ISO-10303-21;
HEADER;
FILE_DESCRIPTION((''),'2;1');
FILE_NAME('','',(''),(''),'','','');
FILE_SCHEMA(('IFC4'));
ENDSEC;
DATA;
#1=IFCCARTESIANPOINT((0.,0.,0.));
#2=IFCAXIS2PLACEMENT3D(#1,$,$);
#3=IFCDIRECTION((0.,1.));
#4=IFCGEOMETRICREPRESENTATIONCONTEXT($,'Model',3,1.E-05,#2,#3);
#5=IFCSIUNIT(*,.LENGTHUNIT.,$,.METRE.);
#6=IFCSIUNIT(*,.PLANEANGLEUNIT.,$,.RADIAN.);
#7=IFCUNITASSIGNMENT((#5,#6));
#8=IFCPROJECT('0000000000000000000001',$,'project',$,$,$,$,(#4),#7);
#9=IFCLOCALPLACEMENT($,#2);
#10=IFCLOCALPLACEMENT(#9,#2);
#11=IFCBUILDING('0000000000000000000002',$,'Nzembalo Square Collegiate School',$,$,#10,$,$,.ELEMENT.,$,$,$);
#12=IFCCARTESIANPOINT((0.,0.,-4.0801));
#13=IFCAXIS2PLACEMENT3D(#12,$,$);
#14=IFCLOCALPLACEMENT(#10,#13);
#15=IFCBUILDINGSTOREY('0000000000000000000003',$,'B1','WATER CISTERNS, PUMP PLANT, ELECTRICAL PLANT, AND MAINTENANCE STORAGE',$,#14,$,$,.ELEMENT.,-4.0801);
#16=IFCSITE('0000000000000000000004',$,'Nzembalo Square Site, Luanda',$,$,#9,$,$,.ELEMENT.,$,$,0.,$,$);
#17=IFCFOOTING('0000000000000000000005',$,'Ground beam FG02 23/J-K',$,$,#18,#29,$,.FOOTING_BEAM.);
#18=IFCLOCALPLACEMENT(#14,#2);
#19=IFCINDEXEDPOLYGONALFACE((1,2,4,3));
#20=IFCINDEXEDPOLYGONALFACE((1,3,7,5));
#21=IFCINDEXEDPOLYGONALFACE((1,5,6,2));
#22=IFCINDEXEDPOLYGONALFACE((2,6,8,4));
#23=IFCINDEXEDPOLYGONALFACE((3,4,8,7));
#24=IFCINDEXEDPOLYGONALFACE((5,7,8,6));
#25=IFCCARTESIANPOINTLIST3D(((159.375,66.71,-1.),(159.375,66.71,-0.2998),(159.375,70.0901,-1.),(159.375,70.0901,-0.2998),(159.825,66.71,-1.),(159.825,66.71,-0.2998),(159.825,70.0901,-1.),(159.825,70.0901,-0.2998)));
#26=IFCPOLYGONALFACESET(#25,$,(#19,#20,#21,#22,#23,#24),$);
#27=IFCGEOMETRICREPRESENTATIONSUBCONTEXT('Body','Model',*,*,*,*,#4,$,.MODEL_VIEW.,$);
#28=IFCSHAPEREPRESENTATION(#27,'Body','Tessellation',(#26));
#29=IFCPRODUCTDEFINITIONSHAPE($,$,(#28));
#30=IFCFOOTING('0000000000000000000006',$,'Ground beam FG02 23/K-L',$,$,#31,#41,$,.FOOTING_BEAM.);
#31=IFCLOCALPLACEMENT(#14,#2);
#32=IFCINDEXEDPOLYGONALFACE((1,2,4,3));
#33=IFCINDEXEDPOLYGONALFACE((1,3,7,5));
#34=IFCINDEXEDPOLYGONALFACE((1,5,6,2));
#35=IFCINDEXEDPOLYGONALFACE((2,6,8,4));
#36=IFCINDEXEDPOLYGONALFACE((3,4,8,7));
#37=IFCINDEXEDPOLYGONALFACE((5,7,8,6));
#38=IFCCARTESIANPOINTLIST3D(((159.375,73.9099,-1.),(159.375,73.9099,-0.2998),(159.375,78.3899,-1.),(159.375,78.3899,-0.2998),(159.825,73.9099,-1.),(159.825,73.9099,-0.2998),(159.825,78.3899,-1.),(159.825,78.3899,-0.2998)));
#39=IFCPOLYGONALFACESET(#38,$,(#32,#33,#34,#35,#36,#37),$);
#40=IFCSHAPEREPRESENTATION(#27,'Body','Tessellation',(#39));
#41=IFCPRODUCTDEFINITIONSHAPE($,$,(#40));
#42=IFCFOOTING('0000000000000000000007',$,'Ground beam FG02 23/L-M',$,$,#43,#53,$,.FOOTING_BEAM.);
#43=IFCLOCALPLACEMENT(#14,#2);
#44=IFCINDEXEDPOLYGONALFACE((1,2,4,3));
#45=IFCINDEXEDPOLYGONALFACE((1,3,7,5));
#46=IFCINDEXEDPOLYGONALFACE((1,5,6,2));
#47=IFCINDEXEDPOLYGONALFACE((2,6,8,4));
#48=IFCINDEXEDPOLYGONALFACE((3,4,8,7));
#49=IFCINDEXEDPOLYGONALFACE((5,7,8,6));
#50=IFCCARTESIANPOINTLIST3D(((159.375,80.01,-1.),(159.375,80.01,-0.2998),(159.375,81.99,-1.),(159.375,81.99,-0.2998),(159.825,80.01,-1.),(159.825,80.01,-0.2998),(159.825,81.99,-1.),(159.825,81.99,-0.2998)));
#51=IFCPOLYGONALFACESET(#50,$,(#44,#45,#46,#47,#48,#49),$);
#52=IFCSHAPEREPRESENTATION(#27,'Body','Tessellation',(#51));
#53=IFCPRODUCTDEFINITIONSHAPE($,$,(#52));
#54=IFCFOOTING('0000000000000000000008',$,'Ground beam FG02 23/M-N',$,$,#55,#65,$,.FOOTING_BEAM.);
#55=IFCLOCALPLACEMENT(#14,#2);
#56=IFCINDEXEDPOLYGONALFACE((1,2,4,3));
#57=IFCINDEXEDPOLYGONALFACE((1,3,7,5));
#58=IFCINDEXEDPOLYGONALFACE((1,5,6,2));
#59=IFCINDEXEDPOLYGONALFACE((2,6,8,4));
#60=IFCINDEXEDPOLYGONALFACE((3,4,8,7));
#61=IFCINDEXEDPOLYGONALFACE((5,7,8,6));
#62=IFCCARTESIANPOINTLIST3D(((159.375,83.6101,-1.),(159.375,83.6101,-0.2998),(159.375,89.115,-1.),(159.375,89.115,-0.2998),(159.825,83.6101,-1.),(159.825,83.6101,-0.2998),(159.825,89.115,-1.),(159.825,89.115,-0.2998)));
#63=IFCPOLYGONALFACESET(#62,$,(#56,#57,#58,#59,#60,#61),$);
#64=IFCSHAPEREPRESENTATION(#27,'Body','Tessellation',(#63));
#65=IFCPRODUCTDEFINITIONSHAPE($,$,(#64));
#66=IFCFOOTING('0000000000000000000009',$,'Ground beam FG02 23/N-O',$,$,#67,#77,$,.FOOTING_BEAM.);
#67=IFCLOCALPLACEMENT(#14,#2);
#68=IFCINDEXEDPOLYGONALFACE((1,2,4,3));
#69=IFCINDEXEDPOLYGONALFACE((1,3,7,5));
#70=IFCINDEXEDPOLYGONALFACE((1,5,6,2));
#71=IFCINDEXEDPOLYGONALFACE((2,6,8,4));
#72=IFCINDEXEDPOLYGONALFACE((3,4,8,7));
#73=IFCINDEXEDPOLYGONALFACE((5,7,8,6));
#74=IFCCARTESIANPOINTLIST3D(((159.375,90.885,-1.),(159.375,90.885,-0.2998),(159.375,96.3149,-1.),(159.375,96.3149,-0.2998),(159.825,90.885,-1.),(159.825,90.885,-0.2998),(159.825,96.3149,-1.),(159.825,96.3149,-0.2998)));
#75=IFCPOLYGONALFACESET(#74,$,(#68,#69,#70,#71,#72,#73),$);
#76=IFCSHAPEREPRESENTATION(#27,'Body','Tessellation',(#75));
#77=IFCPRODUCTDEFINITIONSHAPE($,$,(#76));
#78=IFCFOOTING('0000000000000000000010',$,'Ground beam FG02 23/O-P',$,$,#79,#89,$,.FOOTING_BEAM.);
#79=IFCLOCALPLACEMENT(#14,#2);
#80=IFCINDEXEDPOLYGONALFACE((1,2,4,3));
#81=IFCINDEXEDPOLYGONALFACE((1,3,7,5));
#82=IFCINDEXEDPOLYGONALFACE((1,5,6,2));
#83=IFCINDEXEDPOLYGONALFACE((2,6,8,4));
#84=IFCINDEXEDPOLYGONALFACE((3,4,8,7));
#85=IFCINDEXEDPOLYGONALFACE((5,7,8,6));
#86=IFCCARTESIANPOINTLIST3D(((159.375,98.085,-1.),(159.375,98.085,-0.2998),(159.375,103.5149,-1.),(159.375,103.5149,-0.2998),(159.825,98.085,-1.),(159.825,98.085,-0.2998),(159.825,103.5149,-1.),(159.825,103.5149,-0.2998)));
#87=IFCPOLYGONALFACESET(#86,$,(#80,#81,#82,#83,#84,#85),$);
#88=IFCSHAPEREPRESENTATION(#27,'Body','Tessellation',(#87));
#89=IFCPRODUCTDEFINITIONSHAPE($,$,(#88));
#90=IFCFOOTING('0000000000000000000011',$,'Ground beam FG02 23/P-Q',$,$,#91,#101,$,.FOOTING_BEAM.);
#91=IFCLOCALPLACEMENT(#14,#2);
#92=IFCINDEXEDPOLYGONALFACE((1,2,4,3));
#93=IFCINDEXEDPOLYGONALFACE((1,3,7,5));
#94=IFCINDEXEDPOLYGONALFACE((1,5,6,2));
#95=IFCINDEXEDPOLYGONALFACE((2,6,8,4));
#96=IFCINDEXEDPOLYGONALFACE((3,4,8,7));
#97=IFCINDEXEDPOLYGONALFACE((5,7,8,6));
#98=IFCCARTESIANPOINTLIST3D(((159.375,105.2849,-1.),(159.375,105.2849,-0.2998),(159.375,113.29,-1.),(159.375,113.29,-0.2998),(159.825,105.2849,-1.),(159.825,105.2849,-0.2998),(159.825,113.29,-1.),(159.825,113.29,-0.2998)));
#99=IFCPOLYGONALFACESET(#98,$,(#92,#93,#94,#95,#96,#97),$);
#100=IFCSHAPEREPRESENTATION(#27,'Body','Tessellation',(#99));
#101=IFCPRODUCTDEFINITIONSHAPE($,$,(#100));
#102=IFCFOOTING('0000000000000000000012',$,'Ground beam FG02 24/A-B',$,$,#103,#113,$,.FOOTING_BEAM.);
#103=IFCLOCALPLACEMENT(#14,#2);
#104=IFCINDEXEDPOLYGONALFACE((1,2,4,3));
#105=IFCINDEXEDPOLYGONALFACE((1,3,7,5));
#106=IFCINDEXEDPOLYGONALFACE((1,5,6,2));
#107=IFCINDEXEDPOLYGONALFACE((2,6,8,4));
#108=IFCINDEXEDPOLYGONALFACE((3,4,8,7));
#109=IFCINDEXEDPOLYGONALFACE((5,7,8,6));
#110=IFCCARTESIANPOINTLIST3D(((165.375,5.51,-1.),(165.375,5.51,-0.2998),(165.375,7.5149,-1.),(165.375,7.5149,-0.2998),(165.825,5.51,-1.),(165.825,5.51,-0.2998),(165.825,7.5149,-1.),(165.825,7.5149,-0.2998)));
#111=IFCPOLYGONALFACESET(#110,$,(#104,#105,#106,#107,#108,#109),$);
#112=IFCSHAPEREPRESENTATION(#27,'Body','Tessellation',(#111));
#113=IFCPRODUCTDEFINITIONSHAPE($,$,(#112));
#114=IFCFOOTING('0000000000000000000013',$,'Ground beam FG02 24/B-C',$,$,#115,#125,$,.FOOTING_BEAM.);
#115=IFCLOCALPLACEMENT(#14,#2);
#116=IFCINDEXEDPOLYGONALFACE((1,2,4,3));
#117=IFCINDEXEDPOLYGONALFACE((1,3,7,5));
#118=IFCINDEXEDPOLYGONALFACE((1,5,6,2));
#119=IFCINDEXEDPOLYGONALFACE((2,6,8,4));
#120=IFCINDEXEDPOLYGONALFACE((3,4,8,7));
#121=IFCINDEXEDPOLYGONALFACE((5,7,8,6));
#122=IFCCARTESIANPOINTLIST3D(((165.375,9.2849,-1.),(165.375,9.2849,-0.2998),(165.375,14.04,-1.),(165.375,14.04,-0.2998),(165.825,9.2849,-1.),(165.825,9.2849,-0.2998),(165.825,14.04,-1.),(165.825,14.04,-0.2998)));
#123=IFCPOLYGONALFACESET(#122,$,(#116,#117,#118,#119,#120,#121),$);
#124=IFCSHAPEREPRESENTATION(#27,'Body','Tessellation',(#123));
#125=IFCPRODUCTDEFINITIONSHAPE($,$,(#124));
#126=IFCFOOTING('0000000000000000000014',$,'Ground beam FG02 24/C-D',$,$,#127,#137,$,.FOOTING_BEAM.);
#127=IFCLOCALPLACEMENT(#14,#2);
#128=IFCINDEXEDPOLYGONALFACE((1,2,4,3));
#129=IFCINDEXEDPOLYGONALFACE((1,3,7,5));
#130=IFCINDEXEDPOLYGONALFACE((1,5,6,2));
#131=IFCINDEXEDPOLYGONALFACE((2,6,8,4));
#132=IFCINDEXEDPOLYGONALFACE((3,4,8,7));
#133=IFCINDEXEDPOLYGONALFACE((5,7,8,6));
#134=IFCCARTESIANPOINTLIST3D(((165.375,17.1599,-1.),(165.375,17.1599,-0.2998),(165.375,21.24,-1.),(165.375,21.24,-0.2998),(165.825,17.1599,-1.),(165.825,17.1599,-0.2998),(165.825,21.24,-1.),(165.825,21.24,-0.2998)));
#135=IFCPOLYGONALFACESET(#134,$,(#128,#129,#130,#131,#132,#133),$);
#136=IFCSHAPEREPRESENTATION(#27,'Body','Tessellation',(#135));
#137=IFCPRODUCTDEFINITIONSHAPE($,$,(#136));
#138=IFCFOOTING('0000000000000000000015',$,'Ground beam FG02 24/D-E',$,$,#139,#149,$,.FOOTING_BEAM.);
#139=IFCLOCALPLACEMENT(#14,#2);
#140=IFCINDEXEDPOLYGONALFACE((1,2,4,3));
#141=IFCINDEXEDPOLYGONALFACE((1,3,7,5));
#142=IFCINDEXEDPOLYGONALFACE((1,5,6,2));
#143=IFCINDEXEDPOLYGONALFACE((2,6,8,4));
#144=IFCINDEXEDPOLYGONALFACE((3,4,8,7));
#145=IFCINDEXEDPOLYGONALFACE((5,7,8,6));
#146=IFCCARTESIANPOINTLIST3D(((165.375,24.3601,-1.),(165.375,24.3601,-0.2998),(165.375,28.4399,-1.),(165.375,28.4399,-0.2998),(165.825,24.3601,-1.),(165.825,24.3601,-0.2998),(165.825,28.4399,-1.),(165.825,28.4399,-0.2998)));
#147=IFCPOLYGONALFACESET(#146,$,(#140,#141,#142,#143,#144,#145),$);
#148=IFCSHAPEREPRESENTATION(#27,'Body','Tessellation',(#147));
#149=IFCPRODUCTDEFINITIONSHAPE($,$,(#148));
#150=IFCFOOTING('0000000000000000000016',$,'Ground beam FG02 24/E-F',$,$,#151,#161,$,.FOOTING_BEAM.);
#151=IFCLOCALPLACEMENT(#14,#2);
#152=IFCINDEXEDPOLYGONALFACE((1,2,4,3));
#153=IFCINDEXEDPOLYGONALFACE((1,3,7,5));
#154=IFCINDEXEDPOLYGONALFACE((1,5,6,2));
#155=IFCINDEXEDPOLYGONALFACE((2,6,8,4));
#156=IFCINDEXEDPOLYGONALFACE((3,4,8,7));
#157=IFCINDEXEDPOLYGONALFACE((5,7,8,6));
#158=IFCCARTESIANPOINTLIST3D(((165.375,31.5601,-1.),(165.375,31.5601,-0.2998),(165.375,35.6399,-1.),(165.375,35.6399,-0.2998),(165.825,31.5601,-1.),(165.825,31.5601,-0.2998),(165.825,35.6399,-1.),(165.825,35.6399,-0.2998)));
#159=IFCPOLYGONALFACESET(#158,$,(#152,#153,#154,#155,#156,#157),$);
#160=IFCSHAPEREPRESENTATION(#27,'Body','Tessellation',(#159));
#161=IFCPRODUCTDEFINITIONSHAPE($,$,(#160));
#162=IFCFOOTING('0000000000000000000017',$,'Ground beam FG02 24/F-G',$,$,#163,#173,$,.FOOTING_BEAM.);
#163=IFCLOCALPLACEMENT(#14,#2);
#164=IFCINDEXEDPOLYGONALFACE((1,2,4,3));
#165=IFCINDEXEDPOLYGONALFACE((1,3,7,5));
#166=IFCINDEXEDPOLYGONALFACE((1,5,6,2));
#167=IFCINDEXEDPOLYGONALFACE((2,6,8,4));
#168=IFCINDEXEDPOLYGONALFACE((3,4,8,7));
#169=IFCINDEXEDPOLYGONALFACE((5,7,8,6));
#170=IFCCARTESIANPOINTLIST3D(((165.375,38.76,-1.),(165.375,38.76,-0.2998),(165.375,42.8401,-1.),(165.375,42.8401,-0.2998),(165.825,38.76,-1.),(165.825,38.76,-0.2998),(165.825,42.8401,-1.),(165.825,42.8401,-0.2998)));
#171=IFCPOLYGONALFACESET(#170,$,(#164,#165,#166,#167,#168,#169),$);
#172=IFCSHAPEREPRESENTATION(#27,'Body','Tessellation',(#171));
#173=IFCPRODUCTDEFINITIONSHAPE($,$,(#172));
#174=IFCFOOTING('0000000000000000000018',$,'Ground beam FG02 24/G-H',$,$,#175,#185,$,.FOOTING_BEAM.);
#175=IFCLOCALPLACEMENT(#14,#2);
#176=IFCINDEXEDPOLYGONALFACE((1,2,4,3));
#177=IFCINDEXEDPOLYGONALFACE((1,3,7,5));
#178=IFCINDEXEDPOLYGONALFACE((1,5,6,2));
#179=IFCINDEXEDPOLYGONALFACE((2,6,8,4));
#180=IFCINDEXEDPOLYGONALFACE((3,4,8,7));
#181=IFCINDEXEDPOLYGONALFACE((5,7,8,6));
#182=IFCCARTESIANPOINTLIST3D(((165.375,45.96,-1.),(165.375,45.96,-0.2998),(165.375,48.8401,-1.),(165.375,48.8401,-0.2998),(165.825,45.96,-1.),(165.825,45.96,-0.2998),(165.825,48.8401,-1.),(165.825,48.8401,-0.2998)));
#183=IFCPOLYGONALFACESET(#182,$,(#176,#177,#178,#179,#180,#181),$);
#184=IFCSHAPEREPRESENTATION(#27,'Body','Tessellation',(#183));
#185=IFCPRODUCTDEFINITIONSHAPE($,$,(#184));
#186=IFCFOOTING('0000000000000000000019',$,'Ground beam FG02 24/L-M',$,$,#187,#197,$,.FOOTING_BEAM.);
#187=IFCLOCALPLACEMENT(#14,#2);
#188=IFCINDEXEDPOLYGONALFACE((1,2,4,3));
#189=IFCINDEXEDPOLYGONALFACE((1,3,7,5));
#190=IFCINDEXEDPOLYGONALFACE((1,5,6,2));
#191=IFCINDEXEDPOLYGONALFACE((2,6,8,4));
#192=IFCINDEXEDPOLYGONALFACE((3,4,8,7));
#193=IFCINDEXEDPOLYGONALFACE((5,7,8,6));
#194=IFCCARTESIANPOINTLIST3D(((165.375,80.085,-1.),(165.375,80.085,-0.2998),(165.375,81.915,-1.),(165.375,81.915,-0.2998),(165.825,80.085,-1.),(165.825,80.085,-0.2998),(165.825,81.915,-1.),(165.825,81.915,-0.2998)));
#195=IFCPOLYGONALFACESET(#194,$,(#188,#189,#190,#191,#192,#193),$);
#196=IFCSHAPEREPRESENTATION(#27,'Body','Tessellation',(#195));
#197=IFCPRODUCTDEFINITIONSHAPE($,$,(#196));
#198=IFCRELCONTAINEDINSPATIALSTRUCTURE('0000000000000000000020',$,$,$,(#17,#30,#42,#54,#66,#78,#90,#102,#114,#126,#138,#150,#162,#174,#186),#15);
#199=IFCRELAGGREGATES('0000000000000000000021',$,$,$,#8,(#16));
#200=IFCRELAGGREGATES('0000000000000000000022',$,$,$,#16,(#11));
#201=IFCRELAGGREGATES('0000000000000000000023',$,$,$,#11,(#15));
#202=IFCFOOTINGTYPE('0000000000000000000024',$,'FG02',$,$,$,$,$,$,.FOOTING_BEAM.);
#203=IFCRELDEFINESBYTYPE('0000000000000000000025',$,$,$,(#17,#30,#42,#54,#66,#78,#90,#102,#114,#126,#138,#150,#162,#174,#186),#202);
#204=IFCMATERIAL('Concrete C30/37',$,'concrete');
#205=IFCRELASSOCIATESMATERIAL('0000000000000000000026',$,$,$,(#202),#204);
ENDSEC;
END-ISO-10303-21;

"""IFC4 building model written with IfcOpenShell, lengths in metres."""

from ifc_helpers import new_model, si_unit, direction, frame, origin, place, context, subcontext, project, spatial, polyline, outline, extrude, material, type_object, element, save


model = new_model("IFC4")

# Units and contexts
model_context = context("Model", 3, precision=1e-05, world=origin(), true_north=direction((0.0, 1.0)))
body_context = subcontext(model_context, "Body", "Model", "MODEL_VIEW")
ifc_project = project(units=[si_unit("LENGTHUNIT", "METRE"), si_unit("PLANEANGLEUNIT", "RADIAN")], contexts=[model_context])

# Site, building, storey
site_placement = place(None, origin())
site = spatial("IfcSite", under=ifc_project, at=site_placement, Name="Nzembalo Square Site, Luanda", CompositionType="ELEMENT", RefElevation=0.0)
building_placement = place(site_placement, origin())
building = spatial("IfcBuilding", under=site, at=building_placement, Name="Nzembalo Square Collegiate School", CompositionType="ELEMENT")
storey_placement = place(building_placement, frame((0.0, 0.0, -4.0801)))
storey = spatial("IfcBuildingStorey", under=building, at=storey_placement, Name="B1", Description="WATER CISTERNS, PUMP PLANT, ELECTRICAL PLANT, AND MAINTENANCE STORAGE", CompositionType="ELEMENT", Elevation=-4.0801)

# Footings
ifc_material = material(Name="Concrete C30/37", Category="concrete")
footing_type = type_object("IfcFootingType", Name="FG02", PredefinedType="FOOTING_BEAM", material=ifc_material)
footing_1_placement = place(storey_placement, frame((0.0, 0.0, -1.0)))
element("IfcFooting", 1, at=footing_1_placement, inside=storey, type_object=footing_type, Name="Ground beam FG02 23/J-K", PredefinedType="FOOTING_BEAM", context=body_context, shape_type="SweptSolid", body=[
    extrude(outline(polyline([(159.375, 66.71), (159.825, 66.71), (159.825, 70.0901), (159.375, 70.0901), (159.375, 66.71)])), origin(), (0.0, 0.0, 1.0), 0.7002),
])
footing_2_placement = place(storey_placement, frame((0.0, 0.0, -1.0)))
element("IfcFooting", 2, at=footing_2_placement, inside=storey, type_object=footing_type, Name="Ground beam FG02 23/K-L", PredefinedType="FOOTING_BEAM", context=body_context, shape_type="SweptSolid", body=[
    extrude(outline(polyline([(159.375, 73.9099), (159.825, 73.9099), (159.825, 78.3899), (159.375, 78.3899), (159.375, 73.9099)])), origin(), (0.0, 0.0, 1.0), 0.7002),
])
footing_3_placement = place(storey_placement, frame((0.0, 0.0, -1.0)))
element("IfcFooting", 3, at=footing_3_placement, inside=storey, type_object=footing_type, Name="Ground beam FG02 23/L-M", PredefinedType="FOOTING_BEAM", context=body_context, shape_type="SweptSolid", body=[
    extrude(outline(polyline([(159.375, 80.01), (159.825, 80.01), (159.825, 81.99), (159.375, 81.99), (159.375, 80.01)])), origin(), (0.0, 0.0, 1.0), 0.7002),
])
footing_4_placement = place(storey_placement, frame((0.0, 0.0, -1.0)))
element("IfcFooting", 4, at=footing_4_placement, inside=storey, type_object=footing_type, Name="Ground beam FG02 23/M-N", PredefinedType="FOOTING_BEAM", context=body_context, shape_type="SweptSolid", body=[
    extrude(outline(polyline([(159.375, 83.6101), (159.825, 83.6101), (159.825, 89.115), (159.375, 89.115), (159.375, 83.6101)])), origin(), (0.0, 0.0, 1.0), 0.7002),
])
footing_5_placement = place(storey_placement, frame((0.0, 0.0, -1.0)))
element("IfcFooting", 5, at=footing_5_placement, inside=storey, type_object=footing_type, Name="Ground beam FG02 23/N-O", PredefinedType="FOOTING_BEAM", context=body_context, shape_type="SweptSolid", body=[
    extrude(outline(polyline([(159.375, 90.885), (159.825, 90.885), (159.825, 96.3149), (159.375, 96.3149), (159.375, 90.885)])), origin(), (0.0, 0.0, 1.0), 0.7002),
])
footing_6_placement = place(storey_placement, frame((0.0, 0.0, -1.0)))
element("IfcFooting", 6, at=footing_6_placement, inside=storey, type_object=footing_type, Name="Ground beam FG02 23/O-P", PredefinedType="FOOTING_BEAM", context=body_context, shape_type="SweptSolid", body=[
    extrude(outline(polyline([(159.375, 98.085), (159.825, 98.085), (159.825, 103.5149), (159.375, 103.5149), (159.375, 98.085)])), origin(), (0.0, 0.0, 1.0), 0.7002),
])
footing_7_placement = place(storey_placement, frame((0.0, 0.0, -1.0)))
element("IfcFooting", 7, at=footing_7_placement, inside=storey, type_object=footing_type, Name="Ground beam FG02 23/P-Q", PredefinedType="FOOTING_BEAM", context=body_context, shape_type="SweptSolid", body=[
    extrude(outline(polyline([(159.375, 105.2849), (159.825, 105.2849), (159.825, 113.29), (159.375, 113.29), (159.375, 105.2849)])), origin(), (0.0, 0.0, 1.0), 0.7002),
])
footing_8_placement = place(storey_placement, frame((0.0, 0.0, -1.0)))
element("IfcFooting", 8, at=footing_8_placement, inside=storey, type_object=footing_type, Name="Ground beam FG02 24/A-B", PredefinedType="FOOTING_BEAM", context=body_context, shape_type="SweptSolid", body=[
    extrude(outline(polyline([(165.375, 5.51), (165.825, 5.51), (165.825, 7.5149), (165.375, 7.5149), (165.375, 5.51)])), origin(), (0.0, 0.0, 1.0), 0.7002),
])
footing_9_placement = place(storey_placement, frame((0.0, 0.0, -1.0)))
element("IfcFooting", 9, at=footing_9_placement, inside=storey, type_object=footing_type, Name="Ground beam FG02 24/B-C", PredefinedType="FOOTING_BEAM", context=body_context, shape_type="SweptSolid", body=[
    extrude(outline(polyline([(165.375, 9.2849), (165.825, 9.2849), (165.825, 14.04), (165.375, 14.04), (165.375, 9.2849)])), origin(), (0.0, 0.0, 1.0), 0.7002),
])
footing_10_placement = place(storey_placement, frame((0.0, 0.0, -1.0)))
element("IfcFooting", 10, at=footing_10_placement, inside=storey, type_object=footing_type, Name="Ground beam FG02 24/C-D", PredefinedType="FOOTING_BEAM", context=body_context, shape_type="SweptSolid", body=[
    extrude(outline(polyline([(165.375, 17.1599), (165.825, 17.1599), (165.825, 21.24), (165.375, 21.24), (165.375, 17.1599)])), origin(), (0.0, 0.0, 1.0), 0.7002),
])
footing_11_placement = place(storey_placement, frame((0.0, 0.0, -1.0)))
element("IfcFooting", 11, at=footing_11_placement, inside=storey, type_object=footing_type, Name="Ground beam FG02 24/D-E", PredefinedType="FOOTING_BEAM", context=body_context, shape_type="SweptSolid", body=[
    extrude(outline(polyline([(165.375, 24.3601), (165.825, 24.3601), (165.825, 28.4399), (165.375, 28.4399), (165.375, 24.3601)])), origin(), (0.0, 0.0, 1.0), 0.7002),
])
footing_12_placement = place(storey_placement, frame((0.0, 0.0, -1.0)))
element("IfcFooting", 12, at=footing_12_placement, inside=storey, type_object=footing_type, Name="Ground beam FG02 24/E-F", PredefinedType="FOOTING_BEAM", context=body_context, shape_type="SweptSolid", body=[
    extrude(outline(polyline([(165.375, 31.5601), (165.825, 31.5601), (165.825, 35.6399), (165.375, 35.6399), (165.375, 31.5601)])), origin(), (0.0, 0.0, 1.0), 0.7002),
])
footing_13_placement = place(storey_placement, frame((0.0, 0.0, -1.0)))
element("IfcFooting", 13, at=footing_13_placement, inside=storey, type_object=footing_type, Name="Ground beam FG02 24/F-G", PredefinedType="FOOTING_BEAM", context=body_context, shape_type="SweptSolid", body=[
    extrude(outline(polyline([(165.375, 38.76), (165.825, 38.76), (165.825, 42.8401), (165.375, 42.8401), (165.375, 38.76)])), origin(), (0.0, 0.0, 1.0), 0.7002),
])
footing_14_placement = place(storey_placement, frame((0.0, 0.0, -1.0)))
element("IfcFooting", 14, at=footing_14_placement, inside=storey, type_object=footing_type, Name="Ground beam FG02 24/G-H", PredefinedType="FOOTING_BEAM", context=body_context, shape_type="SweptSolid", body=[
    extrude(outline(polyline([(165.375, 45.96), (165.825, 45.96), (165.825, 48.8401), (165.375, 48.8401), (165.375, 45.96)])), origin(), (0.0, 0.0, 1.0), 0.7002),
])
footing_15_placement = place(storey_placement, frame((0.0, 0.0, -1.0)))
element("IfcFooting", 15, at=footing_15_placement, inside=storey, type_object=footing_type, Name="Ground beam FG02 24/L-M", PredefinedType="FOOTING_BEAM", context=body_context, shape_type="SweptSolid", body=[
    extrude(outline(polyline([(165.375, 80.085), (165.825, 80.085), (165.825, 81.915), (165.375, 81.915), (165.375, 80.085)])), origin(), (0.0, 0.0, 1.0), 0.7002),
])

save(model, "model.ifc")
